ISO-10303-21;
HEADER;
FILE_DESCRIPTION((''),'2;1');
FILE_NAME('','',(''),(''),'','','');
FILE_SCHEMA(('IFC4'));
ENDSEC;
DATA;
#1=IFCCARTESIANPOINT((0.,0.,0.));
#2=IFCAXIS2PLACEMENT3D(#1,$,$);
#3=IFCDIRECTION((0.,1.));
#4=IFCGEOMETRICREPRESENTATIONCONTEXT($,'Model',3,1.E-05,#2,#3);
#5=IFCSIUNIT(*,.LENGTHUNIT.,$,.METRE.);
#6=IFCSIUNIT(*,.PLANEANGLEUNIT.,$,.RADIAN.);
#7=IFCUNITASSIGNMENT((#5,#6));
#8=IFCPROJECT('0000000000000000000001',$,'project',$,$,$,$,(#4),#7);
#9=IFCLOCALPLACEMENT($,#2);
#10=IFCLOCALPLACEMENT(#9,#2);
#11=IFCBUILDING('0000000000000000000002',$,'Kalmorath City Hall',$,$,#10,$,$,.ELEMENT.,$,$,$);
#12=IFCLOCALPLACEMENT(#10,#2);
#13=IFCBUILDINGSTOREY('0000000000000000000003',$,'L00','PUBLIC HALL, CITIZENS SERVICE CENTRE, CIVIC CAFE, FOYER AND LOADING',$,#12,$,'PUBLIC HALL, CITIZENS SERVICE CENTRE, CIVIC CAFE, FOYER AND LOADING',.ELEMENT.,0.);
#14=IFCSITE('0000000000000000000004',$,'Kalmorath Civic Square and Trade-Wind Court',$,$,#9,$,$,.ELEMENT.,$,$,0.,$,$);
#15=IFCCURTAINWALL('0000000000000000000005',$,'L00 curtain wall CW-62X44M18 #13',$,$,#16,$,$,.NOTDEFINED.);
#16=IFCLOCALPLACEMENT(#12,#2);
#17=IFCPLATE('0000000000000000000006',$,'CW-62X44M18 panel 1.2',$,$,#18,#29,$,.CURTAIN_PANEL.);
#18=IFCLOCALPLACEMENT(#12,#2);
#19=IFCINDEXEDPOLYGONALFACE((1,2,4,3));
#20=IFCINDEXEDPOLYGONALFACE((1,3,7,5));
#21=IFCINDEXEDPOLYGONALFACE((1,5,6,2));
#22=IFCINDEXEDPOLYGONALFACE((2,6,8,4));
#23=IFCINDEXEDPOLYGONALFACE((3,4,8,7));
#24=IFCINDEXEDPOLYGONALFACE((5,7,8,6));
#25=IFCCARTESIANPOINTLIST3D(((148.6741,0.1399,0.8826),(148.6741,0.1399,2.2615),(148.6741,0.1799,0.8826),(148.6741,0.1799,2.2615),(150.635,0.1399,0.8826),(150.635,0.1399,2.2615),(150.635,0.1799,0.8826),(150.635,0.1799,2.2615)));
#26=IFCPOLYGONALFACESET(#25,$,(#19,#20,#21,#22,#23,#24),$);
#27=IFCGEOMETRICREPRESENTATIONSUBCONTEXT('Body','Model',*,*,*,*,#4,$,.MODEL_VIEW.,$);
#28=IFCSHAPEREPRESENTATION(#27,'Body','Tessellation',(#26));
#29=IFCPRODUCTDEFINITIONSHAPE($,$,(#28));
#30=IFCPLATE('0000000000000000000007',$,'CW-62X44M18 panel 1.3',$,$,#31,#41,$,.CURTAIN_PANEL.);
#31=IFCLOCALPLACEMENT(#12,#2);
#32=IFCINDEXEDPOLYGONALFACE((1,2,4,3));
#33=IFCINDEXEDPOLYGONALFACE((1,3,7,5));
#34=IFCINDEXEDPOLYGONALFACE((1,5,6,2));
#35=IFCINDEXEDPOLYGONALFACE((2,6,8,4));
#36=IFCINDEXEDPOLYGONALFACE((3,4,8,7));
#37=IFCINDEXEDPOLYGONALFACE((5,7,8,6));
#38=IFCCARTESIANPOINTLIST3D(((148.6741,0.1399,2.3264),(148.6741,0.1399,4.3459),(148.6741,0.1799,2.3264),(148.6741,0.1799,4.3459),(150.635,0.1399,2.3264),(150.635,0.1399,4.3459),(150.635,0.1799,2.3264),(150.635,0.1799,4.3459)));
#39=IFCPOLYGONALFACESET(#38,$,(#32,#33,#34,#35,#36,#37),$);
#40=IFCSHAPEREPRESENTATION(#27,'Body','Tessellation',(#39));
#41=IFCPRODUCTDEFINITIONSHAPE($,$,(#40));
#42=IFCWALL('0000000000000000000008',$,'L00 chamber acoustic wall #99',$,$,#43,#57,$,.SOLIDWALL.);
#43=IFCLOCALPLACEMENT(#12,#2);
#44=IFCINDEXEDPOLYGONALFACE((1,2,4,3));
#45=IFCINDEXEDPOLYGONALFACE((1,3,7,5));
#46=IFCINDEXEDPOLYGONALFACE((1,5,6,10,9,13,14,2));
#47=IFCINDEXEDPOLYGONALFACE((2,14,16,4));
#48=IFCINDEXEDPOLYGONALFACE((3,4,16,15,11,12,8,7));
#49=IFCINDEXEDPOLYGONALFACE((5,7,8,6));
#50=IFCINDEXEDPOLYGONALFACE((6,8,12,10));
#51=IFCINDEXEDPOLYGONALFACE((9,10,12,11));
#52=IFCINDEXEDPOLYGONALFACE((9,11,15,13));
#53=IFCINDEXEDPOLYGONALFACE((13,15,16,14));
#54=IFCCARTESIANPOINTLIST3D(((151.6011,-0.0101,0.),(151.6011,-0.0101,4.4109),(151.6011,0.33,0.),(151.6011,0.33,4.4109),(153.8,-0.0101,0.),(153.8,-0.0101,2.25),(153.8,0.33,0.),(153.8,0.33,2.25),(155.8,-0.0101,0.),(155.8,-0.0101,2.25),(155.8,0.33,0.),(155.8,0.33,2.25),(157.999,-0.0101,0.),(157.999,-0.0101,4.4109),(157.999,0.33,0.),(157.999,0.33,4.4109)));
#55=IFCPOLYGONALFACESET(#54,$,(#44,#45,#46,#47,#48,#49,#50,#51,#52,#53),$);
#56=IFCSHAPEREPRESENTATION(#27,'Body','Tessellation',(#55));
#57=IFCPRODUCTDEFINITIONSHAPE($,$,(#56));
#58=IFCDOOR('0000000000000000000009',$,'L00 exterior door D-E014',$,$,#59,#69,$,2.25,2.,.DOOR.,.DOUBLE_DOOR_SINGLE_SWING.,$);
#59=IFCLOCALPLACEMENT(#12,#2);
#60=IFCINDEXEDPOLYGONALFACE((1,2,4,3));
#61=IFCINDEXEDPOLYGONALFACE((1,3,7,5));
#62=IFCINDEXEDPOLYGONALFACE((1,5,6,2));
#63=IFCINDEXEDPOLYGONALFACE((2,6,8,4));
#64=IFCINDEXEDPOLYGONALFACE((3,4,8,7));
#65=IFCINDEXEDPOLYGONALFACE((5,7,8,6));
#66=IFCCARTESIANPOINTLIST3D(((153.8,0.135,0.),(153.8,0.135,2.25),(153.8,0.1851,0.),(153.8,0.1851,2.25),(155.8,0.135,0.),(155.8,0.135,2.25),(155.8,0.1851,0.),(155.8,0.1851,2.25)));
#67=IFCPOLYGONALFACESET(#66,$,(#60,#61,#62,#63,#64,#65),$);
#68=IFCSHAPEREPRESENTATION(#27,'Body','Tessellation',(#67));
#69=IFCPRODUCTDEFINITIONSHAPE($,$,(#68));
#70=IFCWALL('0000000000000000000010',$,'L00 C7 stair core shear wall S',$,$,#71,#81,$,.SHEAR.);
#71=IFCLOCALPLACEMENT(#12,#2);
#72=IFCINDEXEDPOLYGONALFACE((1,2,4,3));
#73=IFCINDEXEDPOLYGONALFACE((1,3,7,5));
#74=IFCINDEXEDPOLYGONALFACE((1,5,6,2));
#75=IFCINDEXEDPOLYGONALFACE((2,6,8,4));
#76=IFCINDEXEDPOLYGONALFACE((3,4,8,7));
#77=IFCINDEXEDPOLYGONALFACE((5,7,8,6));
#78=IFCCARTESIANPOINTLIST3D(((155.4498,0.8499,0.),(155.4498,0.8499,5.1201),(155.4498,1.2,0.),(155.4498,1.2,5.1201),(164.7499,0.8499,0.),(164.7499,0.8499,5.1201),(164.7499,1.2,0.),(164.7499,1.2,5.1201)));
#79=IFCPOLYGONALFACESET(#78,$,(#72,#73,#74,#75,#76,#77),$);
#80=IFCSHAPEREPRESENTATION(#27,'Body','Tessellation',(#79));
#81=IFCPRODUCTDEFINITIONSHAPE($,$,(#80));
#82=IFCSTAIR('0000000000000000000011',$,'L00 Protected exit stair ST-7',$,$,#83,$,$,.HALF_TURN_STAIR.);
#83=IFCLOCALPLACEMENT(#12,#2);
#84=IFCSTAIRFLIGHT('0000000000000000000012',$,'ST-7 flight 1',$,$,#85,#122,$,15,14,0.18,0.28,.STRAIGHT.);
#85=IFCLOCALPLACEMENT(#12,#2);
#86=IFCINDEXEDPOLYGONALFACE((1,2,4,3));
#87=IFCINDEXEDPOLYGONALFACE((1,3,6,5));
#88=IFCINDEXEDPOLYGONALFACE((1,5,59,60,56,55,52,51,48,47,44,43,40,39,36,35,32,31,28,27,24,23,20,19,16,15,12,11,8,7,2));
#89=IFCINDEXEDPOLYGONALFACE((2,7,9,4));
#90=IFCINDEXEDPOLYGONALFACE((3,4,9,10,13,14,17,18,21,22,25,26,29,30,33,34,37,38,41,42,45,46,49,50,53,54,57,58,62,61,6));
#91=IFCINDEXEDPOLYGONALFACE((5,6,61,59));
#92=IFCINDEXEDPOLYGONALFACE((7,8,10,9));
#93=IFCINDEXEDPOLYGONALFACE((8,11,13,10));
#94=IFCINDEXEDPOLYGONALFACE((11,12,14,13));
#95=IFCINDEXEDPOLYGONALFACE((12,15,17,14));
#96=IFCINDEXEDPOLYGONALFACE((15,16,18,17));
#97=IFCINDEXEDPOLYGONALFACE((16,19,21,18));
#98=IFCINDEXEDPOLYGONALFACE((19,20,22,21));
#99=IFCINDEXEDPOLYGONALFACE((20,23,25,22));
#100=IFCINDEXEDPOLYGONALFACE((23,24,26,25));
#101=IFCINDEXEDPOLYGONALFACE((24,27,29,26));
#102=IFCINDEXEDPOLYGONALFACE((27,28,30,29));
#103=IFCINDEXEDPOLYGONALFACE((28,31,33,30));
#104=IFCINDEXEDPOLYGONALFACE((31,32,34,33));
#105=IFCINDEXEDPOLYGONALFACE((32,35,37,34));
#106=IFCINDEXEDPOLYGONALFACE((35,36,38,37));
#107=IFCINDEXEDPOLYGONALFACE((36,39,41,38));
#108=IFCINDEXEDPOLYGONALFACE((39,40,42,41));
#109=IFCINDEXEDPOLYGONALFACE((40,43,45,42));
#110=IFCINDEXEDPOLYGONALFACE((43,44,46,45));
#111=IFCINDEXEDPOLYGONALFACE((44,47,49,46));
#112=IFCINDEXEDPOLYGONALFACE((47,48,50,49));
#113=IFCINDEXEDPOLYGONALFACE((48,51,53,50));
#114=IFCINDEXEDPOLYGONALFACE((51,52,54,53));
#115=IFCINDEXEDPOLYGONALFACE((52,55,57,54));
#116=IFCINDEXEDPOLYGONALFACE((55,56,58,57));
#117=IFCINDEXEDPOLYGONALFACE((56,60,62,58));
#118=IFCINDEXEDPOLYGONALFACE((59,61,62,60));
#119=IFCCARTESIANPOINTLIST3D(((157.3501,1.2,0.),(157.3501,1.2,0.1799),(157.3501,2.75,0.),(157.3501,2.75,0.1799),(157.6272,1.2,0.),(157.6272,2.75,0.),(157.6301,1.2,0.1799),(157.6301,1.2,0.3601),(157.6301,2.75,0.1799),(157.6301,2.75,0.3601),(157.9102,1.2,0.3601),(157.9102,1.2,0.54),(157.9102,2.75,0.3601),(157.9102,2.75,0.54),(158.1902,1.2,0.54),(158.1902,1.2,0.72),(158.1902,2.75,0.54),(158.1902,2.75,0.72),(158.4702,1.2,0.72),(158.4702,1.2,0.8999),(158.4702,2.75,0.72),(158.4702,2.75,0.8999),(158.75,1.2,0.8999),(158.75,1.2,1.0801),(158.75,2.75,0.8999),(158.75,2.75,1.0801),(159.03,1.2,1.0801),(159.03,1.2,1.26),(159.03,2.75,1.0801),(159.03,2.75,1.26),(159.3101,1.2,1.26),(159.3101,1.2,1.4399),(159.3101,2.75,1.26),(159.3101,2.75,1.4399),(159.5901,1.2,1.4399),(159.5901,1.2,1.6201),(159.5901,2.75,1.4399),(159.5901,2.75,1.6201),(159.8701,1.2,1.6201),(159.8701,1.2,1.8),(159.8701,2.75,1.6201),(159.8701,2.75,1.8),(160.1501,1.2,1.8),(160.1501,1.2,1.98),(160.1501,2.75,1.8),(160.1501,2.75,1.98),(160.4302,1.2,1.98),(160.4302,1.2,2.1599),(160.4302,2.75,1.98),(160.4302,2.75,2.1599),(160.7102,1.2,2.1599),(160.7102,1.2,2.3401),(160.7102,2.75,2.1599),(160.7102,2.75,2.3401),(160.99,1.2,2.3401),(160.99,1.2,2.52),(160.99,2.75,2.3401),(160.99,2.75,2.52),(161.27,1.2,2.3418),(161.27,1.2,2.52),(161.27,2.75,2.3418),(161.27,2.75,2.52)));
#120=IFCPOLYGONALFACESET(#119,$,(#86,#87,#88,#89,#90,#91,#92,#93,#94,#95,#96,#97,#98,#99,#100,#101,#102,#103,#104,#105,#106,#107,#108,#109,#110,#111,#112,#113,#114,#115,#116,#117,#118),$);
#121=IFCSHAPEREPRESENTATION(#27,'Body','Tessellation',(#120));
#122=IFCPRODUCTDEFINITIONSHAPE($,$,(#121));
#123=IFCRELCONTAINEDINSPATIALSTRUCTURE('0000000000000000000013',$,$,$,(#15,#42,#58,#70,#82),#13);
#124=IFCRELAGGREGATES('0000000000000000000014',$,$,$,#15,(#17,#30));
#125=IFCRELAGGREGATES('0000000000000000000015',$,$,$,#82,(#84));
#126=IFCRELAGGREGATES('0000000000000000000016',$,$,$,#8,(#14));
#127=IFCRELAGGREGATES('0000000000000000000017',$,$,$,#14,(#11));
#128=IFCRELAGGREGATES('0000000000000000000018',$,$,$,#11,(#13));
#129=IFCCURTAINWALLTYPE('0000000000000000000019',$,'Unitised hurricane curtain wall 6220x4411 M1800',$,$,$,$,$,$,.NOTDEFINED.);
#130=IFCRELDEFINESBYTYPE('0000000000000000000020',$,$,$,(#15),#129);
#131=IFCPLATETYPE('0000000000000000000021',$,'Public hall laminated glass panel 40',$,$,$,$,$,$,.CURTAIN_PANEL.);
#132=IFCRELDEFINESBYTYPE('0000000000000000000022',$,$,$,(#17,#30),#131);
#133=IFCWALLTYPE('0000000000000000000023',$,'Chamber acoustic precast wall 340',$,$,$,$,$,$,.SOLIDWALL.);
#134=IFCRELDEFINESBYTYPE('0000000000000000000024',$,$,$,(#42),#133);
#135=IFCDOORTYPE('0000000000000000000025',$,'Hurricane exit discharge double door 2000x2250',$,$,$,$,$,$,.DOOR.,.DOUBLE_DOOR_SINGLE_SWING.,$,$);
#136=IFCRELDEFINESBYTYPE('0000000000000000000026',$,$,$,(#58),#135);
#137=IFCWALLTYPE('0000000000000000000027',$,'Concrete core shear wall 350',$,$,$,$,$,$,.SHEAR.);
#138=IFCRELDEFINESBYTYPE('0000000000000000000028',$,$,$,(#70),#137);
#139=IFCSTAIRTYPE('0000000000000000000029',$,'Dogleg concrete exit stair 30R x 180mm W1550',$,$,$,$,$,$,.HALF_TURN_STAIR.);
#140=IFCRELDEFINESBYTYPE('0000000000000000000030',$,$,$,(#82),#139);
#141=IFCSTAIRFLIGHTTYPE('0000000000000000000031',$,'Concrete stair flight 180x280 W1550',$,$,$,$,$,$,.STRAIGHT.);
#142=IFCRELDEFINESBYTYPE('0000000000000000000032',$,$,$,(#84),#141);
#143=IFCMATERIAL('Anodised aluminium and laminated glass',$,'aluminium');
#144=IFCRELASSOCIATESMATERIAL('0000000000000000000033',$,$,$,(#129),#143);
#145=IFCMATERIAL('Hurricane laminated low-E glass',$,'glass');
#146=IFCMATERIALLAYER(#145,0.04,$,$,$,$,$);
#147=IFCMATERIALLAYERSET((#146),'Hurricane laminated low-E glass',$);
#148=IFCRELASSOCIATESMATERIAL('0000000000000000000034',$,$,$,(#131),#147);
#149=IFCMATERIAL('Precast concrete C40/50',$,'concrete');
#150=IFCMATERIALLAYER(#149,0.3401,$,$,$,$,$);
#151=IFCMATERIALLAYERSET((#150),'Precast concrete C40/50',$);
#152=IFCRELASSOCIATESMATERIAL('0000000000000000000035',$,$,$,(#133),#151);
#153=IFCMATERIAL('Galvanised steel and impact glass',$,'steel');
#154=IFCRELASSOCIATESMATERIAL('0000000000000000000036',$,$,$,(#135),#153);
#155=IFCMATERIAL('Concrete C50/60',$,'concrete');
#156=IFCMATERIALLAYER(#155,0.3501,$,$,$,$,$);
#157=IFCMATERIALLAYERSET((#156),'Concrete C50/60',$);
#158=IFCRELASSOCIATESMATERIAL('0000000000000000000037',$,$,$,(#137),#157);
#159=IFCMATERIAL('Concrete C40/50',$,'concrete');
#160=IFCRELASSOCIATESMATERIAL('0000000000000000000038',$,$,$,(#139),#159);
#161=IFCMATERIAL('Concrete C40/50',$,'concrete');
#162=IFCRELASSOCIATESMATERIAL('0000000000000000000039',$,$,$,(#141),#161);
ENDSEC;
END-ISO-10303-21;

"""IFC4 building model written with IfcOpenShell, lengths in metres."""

from ifc_helpers import new_model, si_unit, direction, frame, frame_2d, origin, origin_2d, place, context, subcontext, project, spatial, polyline, rectangle, outline, extrude, material, layer, layer_set, type_object, element, fill, aggregate, save


model = new_model("IFC4")

# Units and contexts
model_context = context("Model", 3, precision=1e-05, world=origin(), true_north=direction((0.0, 1.0)))
body_context = subcontext(model_context, "Body", "Model", "MODEL_VIEW")
ifc_project = project(units=[si_unit("LENGTHUNIT", "METRE"), si_unit("PLANEANGLEUNIT", "RADIAN")], contexts=[model_context])

# Site, building, storey
site_placement = place(None, origin())
site = spatial("IfcSite", under=ifc_project, at=site_placement, Name="Kalmorath Civic Square and Trade-Wind Court", CompositionType="ELEMENT", RefElevation=0.0)
building_placement = place(site_placement, origin())
building = spatial("IfcBuilding", under=site, at=building_placement, Name="Kalmorath City Hall", CompositionType="ELEMENT")
storey_placement = place(building_placement, origin())
storey = spatial("IfcBuildingStorey", under=building, at=storey_placement, Name="L00", Description="PUBLIC HALL, CITIZENS SERVICE CENTRE, CIVIC CAFE, FOYER AND LOADING", LongName="PUBLIC HALL, CITIZENS SERVICE CENTRE, CIVIC CAFE, FOYER AND LOADING", CompositionType="ELEMENT", Elevation=0.0)

# Shared definitions
ifc_material_1 = material(Name="Anodised aluminium and laminated glass", Category="aluminium")
curtain_wall_type = type_object("IfcCurtainWallType", Name="Unitised hurricane curtain wall 6220x4411 M1800", PredefinedType="NOTDEFINED", material=ifc_material_1)

# Curtain wall
curtain_wall_1_placement = place(storey_placement, origin())
curtain_wall_1 = element("IfcCurtainWall", 1, at=curtain_wall_1_placement, inside=storey, type_object=curtain_wall_type, Name="L00 curtain wall CW-62X44M18 #13", PredefinedType="NOTDEFINED")

# Plates
ifc_material_2 = material(Name="Hurricane laminated low-E glass", Category="glass")
ifc_layer_1 = layer(ifc_material_2, 0.04)
ifc_layer_set_1 = layer_set([ifc_layer_1], Name="Hurricane laminated low-E glass")
plate_type = type_object("IfcPlateType", Name="Public hall laminated glass panel 40", PredefinedType="CURTAIN_PANEL", material=ifc_layer_set_1)
plate_1_placement = place(storey_placement, frame((149.6545, 0.1599, 0.8826), z_axis=(0.0, 0.0, 1.0), x_axis=(-1.0, 0.0, 0.0)))
plate_1 = element("IfcPlate", 2, at=plate_1_placement, type_object=plate_type, Name="CW-62X44M18 panel 1.2", PredefinedType="CURTAIN_PANEL", context=body_context, shape_type="SweptSolid", body=[
    extrude(rectangle(XDim=1.9609, YDim=0.04, at=origin_2d()), origin(), (0.0, 0.0, 1.0), 1.3789),
])
plate_2_placement = place(storey_placement, frame((149.6545, 0.1599, 2.3264), z_axis=(0.0, 0.0, 1.0), x_axis=(-1.0, 0.0, 0.0)))
plate_2 = element("IfcPlate", 3, at=plate_2_placement, type_object=plate_type, Name="CW-62X44M18 panel 1.3", PredefinedType="CURTAIN_PANEL", context=body_context, shape_type="SweptSolid", body=[
    extrude(rectangle(XDim=1.9609, YDim=0.04, at=origin_2d()), origin(), (0.0, 0.0, 1.0), 2.0195),
])
aggregate(curtain_wall_1, [plate_1, plate_2])

# Wall, opening, door
ifc_material_3 = material(Name="Precast concrete C40/50", Category="concrete")
ifc_layer_2 = layer(ifc_material_3, 0.3401)
ifc_layer_set_2 = layer_set([ifc_layer_2], Name="Precast concrete C40/50")
wall_type_1 = type_object("IfcWallType", Name="Chamber acoustic precast wall 340", PredefinedType="SOLIDWALL", material=ifc_layer_set_2)
wall_1_placement = place(storey_placement, frame((157.999, 0.1599, 0.0), z_axis=(0.0, 0.0, 1.0), x_axis=(-1.0, 0.0, 0.0)))
wall_1 = element("IfcWall", 4, at=wall_1_placement, inside=storey, type_object=wall_type_1, Name="L00 chamber acoustic wall #99", PredefinedType="SOLIDWALL", context=body_context, shape_type="SweptSolid", body=[
    extrude(rectangle(XDim=6.3979, YDim=0.3401, at=frame_2d((3.199, 0.0))), origin(), (0.0, 0.0, 1.0), 4.4109),
])
opening_placement = place(wall_1_placement, frame((2.199, 0.0, 0.0)))
opening = element("IfcOpeningElement", 5, at=opening_placement, cuts=wall_1, PredefinedType="OPENING", context=body_context, shape_type="SweptSolid", body=[
    extrude(rectangle(XDim=2.0, YDim=2.25, at=frame_2d((1.0, 1.125))), frame((0.0, 0.1799, 0.0), z_axis=(0.0, -1.0, 0.0), x_axis=(1.0, 0.0, 0.0)), (0.0, 0.0, 1.0), 0.3601),
])
ifc_material_4 = material(Name="Galvanised steel and impact glass", Category="steel")
door_type = type_object("IfcDoorType", Name="Hurricane exit discharge double door 2000x2250", OperationType="DOUBLE_DOOR_SINGLE_SWING", PredefinedType="DOOR", material=ifc_material_4)
door_placement = place(opening_placement, origin())
door = element("IfcDoor", 6, at=door_placement, inside=storey, type_object=door_type, Name="L00 exterior door D-E014", OperationType="DOUBLE_DOOR_SINGLE_SWING", OverallHeight=2.25, OverallWidth=2.0, PredefinedType="DOOR", context=body_context, shape_type="SweptSolid", body=[
    extrude(rectangle(XDim=2.0, YDim=2.25, at=frame_2d((1.0, 1.125))), frame((0.0, 0.0249, 0.0), z_axis=(0.0, -1.0, 0.0), x_axis=(1.0, 0.0, 0.0)), (0.0, 0.0, 1.0), 0.05),
])
fill(opening, door)

# Wall
ifc_material_5 = material(Name="Concrete C50/60", Category="concrete")
ifc_layer_3 = layer(ifc_material_5, 0.3501)
ifc_layer_set_3 = layer_set([ifc_layer_3], Name="Concrete C50/60")
wall_type_2 = type_object("IfcWallType", Name="Concrete core shear wall 350", PredefinedType="SHEAR", material=ifc_layer_set_3)
wall_2_placement = place(storey_placement, frame((155.45, 1.0249, 0.0), z_axis=(0.0, 0.0, 1.0), x_axis=(1.0, 0.0, 0.0)))
element("IfcWall", 7, at=wall_2_placement, inside=storey, type_object=wall_type_2, Name="L00 C7 stair core shear wall S", PredefinedType="SHEAR", context=body_context, shape_type="SweptSolid", body=[
    extrude(rectangle(XDim=9.3, YDim=0.3501, at=frame_2d((4.6499, 0.0))), origin(), (0.0, 0.0, 1.0), 5.1201),
])

# Stair, stair flight
ifc_material_6 = material(Name="Concrete C40/50", Category="concrete")
stair_type = type_object("IfcStairType", Name="Dogleg concrete exit stair 30R x 180mm W1550", PredefinedType="HALF_TURN_STAIR", material=ifc_material_6)
stair_placement = place(storey_placement, origin())
stair = element("IfcStair", 8, at=stair_placement, inside=storey, type_object=stair_type, Name="L00 Protected exit stair ST-7", PredefinedType="HALF_TURN_STAIR")
ifc_material_7 = material(Name="Concrete C40/50", Category="concrete")
stair_flight_type = type_object("IfcStairFlightType", Name="Concrete stair flight 180x280 W1550", PredefinedType="STRAIGHT", material=ifc_material_7)
stair_flight_placement = place(storey_placement, frame((157.3501, 1.9751, 0.0), z_axis=(0.0, 0.0, 1.0), x_axis=(1.0, 0.0, 0.0)))
stair_flight = element("IfcStairFlight", 9, at=stair_flight_placement, type_object=stair_flight_type, Name="ST-7 flight 1", NumberOfRisers=15, NumberOfTreads=14, PredefinedType="STRAIGHT", RiserHeight=0.18, TreadLength=0.28, context=body_context, shape_type="SweptSolid", body=[
    extrude(outline(polyline([(0.0, 0.0), (0.0, 0.1799), (0.28, 0.1799), (0.28, 0.3601), (0.5601, 0.3601), (0.5601, 0.54), (0.8401, 0.54), (0.8401, 0.72), (1.1201, 0.72), (1.1201, 0.8999), (1.3999, 0.8999), (1.3999, 1.0801), (1.6799, 1.0801), (1.6799, 1.26), (1.96, 1.26), (1.96, 1.4399), (2.24, 1.4399), (2.24, 1.6201), (2.52, 1.6201), (2.52, 1.8), (2.8, 1.8), (2.8, 1.98), (3.0801, 1.98), (3.0801, 2.1599), (3.3601, 2.1599), (3.3601, 2.3401), (3.6399, 2.3401), (3.6399, 2.52), (3.9199, 2.52), (3.9199, 2.7), (3.9199, 2.3418), (0.2771, 0.0), (0.0, 0.0)])), frame((0.0, 0.7749, 0.0), z_axis=(0.0, -1.0, 0.0), x_axis=(1.0, 0.0, 0.0)), (0.0, 0.0, 1.0), 1.55),
])
aggregate(stair, [stair_flight])

save(model, "model.ifc")
